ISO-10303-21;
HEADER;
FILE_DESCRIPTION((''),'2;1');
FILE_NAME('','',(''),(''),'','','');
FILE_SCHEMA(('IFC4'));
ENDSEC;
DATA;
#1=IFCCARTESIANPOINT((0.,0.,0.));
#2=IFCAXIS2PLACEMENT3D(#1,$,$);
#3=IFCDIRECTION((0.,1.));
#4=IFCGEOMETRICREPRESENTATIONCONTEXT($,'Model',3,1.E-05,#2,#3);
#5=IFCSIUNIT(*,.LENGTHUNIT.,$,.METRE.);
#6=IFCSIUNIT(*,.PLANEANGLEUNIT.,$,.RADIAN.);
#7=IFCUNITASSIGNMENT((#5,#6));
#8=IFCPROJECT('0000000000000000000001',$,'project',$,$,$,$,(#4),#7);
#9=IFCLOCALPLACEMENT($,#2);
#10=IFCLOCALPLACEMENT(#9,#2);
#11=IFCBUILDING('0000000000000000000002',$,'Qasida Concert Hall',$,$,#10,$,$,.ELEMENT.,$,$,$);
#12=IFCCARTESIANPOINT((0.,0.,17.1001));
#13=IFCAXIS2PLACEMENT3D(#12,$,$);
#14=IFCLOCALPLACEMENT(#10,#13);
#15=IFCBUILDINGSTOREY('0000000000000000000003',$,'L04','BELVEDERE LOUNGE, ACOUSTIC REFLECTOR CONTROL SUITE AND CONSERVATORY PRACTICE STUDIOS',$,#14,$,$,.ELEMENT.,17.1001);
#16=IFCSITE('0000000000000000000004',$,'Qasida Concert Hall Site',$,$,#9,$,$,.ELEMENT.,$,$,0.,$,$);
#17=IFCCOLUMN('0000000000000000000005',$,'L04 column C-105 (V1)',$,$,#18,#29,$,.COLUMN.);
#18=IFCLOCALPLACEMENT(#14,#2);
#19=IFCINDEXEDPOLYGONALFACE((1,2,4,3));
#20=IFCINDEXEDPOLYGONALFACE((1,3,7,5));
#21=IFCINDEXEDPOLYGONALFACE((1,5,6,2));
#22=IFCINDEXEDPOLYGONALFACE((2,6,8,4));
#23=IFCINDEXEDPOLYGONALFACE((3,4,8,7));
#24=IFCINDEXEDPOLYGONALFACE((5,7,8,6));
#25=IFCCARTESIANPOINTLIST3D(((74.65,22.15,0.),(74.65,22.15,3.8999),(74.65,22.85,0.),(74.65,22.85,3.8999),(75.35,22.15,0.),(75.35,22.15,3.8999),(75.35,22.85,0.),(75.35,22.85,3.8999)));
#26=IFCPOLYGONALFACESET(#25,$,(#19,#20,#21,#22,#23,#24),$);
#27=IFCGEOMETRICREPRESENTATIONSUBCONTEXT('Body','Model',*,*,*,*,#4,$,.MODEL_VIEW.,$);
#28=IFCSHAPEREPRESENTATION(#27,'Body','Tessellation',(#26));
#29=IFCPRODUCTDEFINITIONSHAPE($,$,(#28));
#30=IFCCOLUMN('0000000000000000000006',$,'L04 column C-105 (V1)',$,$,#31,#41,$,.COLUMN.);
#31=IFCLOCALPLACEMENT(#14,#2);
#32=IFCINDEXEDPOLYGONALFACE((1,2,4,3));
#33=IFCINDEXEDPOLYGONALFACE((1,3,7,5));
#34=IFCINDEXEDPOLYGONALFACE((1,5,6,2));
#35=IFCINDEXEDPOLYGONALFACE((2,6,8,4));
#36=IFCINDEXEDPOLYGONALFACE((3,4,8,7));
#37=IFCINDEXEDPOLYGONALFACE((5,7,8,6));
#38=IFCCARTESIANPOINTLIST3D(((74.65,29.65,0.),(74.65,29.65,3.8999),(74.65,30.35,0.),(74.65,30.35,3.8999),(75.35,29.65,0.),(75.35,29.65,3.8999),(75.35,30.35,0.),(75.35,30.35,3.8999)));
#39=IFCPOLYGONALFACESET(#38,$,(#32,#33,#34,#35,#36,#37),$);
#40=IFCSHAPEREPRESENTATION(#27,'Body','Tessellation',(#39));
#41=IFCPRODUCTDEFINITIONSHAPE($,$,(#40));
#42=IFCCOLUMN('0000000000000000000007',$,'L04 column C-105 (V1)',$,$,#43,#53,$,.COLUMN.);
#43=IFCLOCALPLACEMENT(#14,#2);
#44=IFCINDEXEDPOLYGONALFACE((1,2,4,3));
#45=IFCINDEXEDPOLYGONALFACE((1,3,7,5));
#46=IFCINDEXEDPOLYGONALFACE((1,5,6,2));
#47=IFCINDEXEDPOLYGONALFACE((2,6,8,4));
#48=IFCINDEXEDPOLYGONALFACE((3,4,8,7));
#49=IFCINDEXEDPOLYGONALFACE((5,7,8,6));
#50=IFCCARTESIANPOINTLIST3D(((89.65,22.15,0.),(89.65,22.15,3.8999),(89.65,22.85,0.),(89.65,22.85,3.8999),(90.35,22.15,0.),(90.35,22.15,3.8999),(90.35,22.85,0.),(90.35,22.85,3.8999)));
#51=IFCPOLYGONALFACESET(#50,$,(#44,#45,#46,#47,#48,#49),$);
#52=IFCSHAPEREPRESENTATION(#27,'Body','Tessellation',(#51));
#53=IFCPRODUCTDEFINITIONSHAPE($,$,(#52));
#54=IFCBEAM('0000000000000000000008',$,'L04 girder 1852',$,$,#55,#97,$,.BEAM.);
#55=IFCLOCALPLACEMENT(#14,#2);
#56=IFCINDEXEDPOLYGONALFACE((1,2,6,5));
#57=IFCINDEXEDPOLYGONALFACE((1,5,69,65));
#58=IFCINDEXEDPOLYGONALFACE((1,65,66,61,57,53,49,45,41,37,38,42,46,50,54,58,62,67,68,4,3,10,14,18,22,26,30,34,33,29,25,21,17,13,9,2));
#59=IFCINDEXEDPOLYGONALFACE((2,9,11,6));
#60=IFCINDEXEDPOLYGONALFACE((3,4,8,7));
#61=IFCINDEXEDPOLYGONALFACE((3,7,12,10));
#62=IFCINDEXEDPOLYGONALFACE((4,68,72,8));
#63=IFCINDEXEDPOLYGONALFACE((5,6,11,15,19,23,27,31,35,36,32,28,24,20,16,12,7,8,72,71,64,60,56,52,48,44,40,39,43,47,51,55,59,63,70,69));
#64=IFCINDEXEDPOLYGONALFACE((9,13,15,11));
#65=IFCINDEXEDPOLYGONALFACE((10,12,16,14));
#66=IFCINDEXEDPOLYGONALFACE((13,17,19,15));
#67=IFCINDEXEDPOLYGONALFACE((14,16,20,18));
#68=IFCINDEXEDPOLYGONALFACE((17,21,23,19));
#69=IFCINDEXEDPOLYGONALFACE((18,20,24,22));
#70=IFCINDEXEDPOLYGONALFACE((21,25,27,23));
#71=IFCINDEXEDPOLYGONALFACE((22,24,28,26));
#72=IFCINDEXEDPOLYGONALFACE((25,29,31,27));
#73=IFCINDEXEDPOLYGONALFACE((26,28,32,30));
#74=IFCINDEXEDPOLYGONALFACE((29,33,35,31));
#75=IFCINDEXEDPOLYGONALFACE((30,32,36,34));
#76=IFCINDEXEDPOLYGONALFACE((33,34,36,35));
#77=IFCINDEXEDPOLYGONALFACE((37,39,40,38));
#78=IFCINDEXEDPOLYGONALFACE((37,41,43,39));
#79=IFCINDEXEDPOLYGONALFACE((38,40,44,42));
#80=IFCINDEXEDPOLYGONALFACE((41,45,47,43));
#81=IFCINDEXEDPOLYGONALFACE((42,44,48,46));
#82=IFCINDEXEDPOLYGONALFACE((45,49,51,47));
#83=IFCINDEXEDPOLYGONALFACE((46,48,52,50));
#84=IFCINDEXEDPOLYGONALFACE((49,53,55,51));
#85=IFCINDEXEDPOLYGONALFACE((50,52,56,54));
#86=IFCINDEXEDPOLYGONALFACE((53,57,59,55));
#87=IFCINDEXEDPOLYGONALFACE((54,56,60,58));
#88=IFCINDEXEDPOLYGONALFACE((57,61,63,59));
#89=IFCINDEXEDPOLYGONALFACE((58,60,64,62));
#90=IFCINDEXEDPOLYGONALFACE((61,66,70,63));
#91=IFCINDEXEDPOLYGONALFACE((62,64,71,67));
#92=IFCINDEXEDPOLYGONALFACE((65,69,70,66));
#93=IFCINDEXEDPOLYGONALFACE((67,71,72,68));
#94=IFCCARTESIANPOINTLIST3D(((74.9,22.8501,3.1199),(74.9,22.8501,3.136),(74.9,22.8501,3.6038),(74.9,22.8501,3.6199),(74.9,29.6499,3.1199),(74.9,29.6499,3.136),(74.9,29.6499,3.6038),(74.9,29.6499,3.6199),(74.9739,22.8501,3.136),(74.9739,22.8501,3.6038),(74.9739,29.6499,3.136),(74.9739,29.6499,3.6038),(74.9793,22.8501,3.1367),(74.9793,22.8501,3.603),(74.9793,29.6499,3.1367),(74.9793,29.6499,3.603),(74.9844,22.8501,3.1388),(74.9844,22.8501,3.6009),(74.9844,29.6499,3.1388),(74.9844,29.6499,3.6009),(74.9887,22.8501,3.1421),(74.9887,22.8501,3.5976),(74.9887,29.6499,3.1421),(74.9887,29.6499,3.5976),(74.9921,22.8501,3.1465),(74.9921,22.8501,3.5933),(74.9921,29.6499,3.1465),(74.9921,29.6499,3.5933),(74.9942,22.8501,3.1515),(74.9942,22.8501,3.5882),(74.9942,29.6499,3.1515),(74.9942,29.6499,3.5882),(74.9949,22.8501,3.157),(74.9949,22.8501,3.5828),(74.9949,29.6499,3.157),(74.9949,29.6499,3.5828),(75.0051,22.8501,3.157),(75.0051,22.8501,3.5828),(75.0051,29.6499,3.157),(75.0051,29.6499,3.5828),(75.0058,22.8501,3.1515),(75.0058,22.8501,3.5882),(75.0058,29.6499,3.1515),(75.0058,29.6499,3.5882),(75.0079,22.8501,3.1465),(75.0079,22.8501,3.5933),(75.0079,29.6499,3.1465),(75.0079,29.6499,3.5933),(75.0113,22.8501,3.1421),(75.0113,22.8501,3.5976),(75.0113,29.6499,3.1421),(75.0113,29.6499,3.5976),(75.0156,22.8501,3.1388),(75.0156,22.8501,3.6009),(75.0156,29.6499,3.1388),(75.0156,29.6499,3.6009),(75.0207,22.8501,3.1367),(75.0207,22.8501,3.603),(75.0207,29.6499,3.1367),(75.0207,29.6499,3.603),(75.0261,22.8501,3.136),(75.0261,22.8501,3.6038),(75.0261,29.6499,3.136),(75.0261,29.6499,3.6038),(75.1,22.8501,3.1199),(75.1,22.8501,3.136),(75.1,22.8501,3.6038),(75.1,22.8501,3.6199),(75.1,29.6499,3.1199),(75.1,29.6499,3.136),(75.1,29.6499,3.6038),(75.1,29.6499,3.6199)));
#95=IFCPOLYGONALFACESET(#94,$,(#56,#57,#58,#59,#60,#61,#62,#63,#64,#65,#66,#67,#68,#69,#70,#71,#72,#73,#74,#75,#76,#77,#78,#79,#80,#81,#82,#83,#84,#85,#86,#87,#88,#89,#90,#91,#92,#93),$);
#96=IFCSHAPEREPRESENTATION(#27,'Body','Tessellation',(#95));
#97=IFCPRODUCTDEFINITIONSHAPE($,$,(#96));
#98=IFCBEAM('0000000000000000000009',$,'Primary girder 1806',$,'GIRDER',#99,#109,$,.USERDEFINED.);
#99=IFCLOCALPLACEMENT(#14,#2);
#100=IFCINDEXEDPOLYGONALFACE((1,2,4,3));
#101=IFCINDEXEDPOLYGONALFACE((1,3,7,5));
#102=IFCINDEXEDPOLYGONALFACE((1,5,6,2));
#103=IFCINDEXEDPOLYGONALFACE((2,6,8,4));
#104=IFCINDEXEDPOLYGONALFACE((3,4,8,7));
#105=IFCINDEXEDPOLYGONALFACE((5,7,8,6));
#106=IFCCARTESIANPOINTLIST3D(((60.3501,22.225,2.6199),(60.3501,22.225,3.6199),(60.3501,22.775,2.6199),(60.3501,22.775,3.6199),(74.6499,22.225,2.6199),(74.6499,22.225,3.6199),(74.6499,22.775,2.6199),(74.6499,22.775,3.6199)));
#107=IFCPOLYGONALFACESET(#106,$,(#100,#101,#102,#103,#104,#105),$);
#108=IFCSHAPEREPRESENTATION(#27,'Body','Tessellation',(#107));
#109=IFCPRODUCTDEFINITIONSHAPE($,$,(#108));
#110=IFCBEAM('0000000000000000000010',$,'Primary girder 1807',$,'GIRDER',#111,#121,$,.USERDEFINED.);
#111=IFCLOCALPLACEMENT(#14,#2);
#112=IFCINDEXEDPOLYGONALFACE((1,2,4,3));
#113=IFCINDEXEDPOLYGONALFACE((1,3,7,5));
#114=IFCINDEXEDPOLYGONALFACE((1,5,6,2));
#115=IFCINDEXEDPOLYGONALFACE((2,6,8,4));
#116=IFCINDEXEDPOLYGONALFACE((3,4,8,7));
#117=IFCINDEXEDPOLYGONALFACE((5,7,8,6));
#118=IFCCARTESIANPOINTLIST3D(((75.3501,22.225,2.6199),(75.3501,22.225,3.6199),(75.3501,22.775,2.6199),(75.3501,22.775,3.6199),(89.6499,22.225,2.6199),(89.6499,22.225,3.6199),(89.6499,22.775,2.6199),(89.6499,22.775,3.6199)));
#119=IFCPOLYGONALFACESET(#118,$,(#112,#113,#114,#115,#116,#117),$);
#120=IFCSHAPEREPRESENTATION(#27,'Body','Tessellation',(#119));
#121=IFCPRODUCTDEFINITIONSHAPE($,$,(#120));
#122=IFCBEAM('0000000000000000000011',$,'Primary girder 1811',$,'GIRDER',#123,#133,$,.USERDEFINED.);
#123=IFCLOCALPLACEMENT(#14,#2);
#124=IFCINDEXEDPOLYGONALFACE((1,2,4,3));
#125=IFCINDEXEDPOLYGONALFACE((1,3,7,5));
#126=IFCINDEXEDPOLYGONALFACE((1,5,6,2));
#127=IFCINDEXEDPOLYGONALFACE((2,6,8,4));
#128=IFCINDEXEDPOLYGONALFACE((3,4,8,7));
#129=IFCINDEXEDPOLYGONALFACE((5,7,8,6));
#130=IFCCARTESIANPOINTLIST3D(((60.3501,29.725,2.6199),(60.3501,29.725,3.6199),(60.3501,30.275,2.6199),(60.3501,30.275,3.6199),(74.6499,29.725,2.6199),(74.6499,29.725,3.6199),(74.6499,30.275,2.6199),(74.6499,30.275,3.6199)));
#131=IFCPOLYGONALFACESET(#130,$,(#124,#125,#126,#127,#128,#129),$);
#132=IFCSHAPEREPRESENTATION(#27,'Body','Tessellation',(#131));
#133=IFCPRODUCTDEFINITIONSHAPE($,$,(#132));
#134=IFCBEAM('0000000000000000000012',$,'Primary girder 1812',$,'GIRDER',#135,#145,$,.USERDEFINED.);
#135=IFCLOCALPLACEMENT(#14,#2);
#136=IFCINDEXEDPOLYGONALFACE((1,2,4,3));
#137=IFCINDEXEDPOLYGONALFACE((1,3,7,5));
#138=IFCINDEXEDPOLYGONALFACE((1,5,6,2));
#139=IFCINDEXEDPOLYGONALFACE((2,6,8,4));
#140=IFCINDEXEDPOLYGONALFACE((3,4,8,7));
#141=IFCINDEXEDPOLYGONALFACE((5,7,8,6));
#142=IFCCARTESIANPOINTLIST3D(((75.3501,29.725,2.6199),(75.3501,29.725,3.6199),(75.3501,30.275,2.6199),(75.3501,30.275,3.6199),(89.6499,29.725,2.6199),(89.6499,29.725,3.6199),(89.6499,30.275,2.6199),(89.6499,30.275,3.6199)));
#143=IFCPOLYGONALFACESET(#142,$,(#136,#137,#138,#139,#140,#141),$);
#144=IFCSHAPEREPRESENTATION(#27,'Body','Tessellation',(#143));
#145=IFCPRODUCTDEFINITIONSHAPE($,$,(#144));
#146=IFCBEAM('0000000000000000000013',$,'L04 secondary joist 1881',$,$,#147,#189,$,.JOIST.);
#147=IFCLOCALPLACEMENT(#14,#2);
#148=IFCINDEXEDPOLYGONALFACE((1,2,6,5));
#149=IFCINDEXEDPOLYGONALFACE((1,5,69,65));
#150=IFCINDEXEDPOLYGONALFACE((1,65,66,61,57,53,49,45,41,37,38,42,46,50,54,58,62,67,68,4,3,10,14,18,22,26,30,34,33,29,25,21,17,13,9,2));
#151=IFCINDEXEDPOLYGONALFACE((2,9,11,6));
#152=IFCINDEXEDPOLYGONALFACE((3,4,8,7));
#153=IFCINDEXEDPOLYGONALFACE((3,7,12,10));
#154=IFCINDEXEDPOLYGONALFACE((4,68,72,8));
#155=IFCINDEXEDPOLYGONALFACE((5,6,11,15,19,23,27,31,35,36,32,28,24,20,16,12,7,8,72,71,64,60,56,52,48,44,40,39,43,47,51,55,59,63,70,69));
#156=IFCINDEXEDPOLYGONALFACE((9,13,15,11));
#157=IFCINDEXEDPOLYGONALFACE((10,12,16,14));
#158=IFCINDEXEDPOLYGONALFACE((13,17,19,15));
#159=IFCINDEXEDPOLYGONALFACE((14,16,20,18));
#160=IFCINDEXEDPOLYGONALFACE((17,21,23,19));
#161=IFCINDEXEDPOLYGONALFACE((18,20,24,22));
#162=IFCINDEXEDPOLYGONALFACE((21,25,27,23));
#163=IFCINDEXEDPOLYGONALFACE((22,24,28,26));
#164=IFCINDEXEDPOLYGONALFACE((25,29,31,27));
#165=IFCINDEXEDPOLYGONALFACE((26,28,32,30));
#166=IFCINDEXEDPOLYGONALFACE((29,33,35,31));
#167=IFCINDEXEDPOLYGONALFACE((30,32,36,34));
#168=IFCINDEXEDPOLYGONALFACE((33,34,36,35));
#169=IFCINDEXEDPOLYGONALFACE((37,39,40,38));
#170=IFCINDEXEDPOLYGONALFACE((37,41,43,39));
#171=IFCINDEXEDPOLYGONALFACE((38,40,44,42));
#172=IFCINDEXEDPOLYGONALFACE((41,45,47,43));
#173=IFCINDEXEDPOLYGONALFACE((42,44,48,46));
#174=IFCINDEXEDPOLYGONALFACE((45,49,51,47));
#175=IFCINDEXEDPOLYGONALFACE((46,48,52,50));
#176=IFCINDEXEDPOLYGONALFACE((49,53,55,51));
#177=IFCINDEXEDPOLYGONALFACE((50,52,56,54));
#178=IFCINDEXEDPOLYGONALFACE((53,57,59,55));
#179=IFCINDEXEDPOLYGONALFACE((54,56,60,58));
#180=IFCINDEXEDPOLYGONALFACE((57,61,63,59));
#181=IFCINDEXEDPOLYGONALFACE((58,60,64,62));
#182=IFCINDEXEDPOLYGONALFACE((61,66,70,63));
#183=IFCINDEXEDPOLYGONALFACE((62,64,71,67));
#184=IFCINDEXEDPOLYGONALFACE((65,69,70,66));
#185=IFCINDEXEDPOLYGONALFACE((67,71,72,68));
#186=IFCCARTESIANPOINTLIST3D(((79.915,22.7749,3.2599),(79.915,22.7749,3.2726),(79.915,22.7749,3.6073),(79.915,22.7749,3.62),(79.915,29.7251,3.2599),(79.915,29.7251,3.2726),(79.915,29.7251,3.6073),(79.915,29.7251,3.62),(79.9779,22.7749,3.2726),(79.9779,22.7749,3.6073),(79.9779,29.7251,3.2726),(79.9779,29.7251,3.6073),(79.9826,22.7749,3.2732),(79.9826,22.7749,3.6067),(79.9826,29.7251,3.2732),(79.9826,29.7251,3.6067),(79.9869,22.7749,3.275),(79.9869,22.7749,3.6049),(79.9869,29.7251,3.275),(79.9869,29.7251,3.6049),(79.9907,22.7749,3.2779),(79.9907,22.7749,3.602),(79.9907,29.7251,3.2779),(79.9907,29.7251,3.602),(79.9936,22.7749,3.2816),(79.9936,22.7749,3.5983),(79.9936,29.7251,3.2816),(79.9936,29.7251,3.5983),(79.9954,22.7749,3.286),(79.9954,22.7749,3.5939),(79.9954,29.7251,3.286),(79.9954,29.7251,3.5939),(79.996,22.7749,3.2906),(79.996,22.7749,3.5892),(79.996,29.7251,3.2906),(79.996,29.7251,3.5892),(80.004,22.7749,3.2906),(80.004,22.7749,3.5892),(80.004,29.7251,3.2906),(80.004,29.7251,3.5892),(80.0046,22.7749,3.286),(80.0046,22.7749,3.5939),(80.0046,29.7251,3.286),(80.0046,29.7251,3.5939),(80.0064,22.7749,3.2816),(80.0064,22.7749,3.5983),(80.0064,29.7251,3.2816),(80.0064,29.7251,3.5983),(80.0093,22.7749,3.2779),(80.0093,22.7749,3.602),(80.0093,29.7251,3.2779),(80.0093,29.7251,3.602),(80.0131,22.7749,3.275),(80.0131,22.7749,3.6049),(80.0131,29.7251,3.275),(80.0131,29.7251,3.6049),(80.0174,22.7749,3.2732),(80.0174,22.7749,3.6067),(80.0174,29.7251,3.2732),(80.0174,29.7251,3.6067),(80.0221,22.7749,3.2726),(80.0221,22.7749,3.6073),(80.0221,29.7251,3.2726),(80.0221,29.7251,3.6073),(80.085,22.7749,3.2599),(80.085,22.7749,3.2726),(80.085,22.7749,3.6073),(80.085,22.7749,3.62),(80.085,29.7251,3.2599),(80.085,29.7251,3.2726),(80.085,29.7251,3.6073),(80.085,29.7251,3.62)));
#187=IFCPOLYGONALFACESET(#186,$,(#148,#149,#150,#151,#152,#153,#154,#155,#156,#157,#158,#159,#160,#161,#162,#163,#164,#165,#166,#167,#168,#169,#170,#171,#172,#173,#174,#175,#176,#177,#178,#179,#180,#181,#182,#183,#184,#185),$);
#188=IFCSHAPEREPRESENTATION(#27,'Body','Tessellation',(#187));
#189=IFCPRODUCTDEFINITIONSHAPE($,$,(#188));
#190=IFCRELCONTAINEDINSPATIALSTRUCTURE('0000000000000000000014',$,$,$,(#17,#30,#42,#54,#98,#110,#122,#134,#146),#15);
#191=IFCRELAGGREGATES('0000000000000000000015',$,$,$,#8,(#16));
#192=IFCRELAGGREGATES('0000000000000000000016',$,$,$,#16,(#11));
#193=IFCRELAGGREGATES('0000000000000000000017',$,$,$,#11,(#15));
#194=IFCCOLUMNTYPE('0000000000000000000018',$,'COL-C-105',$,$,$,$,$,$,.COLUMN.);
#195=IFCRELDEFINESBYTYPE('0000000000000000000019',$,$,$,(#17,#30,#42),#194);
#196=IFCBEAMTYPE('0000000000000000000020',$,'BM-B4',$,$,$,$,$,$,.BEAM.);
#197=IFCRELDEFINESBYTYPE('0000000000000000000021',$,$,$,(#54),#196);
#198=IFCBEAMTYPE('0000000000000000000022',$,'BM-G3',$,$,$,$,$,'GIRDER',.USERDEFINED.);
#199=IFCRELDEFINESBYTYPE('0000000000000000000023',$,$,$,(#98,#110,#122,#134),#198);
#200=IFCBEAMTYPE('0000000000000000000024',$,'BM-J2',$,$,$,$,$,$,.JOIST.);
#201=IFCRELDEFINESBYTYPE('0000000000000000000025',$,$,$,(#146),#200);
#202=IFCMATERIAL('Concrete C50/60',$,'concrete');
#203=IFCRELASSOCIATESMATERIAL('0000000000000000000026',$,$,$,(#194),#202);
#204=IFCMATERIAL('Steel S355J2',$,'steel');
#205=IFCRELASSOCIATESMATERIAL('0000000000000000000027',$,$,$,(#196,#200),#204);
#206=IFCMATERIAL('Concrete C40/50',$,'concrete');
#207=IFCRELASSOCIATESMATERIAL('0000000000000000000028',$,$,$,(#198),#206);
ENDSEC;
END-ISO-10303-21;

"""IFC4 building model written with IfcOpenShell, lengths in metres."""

from ifc_helpers import new_model, si_unit, direction, frame, origin, origin_2d, place, context, subcontext, project, spatial, rectangle, i_section, extrude, material, material_profile, profile_set, type_object, element, save


model = new_model("IFC4")

# Units and contexts
model_context = context("Model", 3, precision=1e-05, world=origin(), true_north=direction((0.0, 1.0)))
body_context = subcontext(model_context, "Body", "Model", "MODEL_VIEW")
ifc_project = project(units=[si_unit("LENGTHUNIT", "METRE"), si_unit("PLANEANGLEUNIT", "RADIAN")], contexts=[model_context])

# Site, building, storey
site_placement = place(None, origin())
site = spatial("IfcSite", under=ifc_project, at=site_placement, Name="Qasida Concert Hall Site", CompositionType="ELEMENT", RefElevation=0.0)
building_placement = place(site_placement, origin())
building = spatial("IfcBuilding", under=site, at=building_placement, Name="Qasida Concert Hall", CompositionType="ELEMENT")
storey_placement = place(building_placement, frame((0.0, 0.0, 17.1001)))
storey = spatial("IfcBuildingStorey", under=building, at=storey_placement, Name="L04", Description="BELVEDERE LOUNGE, ACOUSTIC REFLECTOR CONTROL SUITE AND CONSERVATORY PRACTICE STUDIOS", CompositionType="ELEMENT", Elevation=17.1001)

# Columns
ifc_material_1 = material(Name="Concrete C50/60", Category="concrete")
ifc_material_profile_1 = material_profile(ifc_material_1, rectangle(XDim=0.7, YDim=0.7, at=origin_2d()), Name="RC 700x700")
ifc_profile_set_1 = profile_set([ifc_material_profile_1], Name="Concrete C50/60")
column_type = type_object("IfcColumnType", Name="COL-C-105", PredefinedType="COLUMN", material=ifc_profile_set_1)
for number, where, z_axis, x_axis, name in (
    (1, (75.0, 22.5, 0.0), (0.0, 0.0, 1.0), (1.0, 0.0, 0.0), "L04 column C-105 (V1)"),
    (2, (75.0, 30.0, 0.0), (0.0, 0.0, 1.0), (1.0, 0.0, 0.0), "L04 column C-105 (V1)"),
    (3, (90.0, 22.5, 0.0), (0.0, 0.0, 1.0), (1.0, 0.0, 0.0), "L04 column C-105 (V1)"),
):
    element("IfcColumn", number, at=place(storey_placement, frame(where, z_axis=z_axis, x_axis=x_axis)), inside=storey, type_object=column_type, Name=name, PredefinedType="COLUMN", context=body_context, shape_type="SweptSolid", body=[
        extrude(rectangle(XDim=0.7, YDim=0.7, at=origin_2d()), origin(), (0.0, 0.0, 1.0), 3.8999),
    ])

# Beams
ifc_material_2 = material(Name="Steel S355J2", Category="steel")
ifc_material_profile_2 = material_profile(ifc_material_2, i_section(OverallWidth=0.2, OverallDepth=0.5, WebThickness=0.0103, FlangeThickness=0.0161, FilletRadius=0.021, at=origin_2d()), Name="IPE 500")
ifc_profile_set_2 = profile_set([ifc_material_profile_2], Name="Steel S355J2")
beam_type_1 = type_object("IfcBeamType", Name="BM-B4", PredefinedType="BEAM", material=ifc_profile_set_2)
beam_1_placement = place(storey_placement, frame((75.0, 22.8501, 3.3699), z_axis=(0.0, 1.0, 0.0), x_axis=(-1.0, 0.0, 0.0)))
element("IfcBeam", 4, at=beam_1_placement, inside=storey, type_object=beam_type_1, Name="L04 girder 1852", PredefinedType="BEAM", context=body_context, shape_type="SweptSolid", body=[
    extrude(i_section(OverallWidth=0.2, OverallDepth=0.5, WebThickness=0.0103, FlangeThickness=0.0161, FilletRadius=0.021, at=origin_2d()), origin(), (0.0, 0.0, 1.0), 6.7998),
])
ifc_material_3 = material(Name="Concrete C40/50", Category="concrete")
ifc_material_profile_3 = material_profile(ifc_material_3, rectangle(XDim=0.55, YDim=1.0, at=origin_2d()), Name="RC 550x1000")
ifc_profile_set_3 = profile_set([ifc_material_profile_3], Name="Concrete C40/50")
beam_type_2 = type_object("IfcBeamType", Name="BM-G3", ElementType="GIRDER", PredefinedType="USERDEFINED", material=ifc_profile_set_3)
for number, where, z_axis, x_axis, name in (
    (5, (60.3501, 22.5, 3.1199), (1.0, 0.0, 0.0), (0.0, 1.0, 0.0), "Primary girder 1806"),
    (6, (75.3501, 22.5, 3.1199), (1.0, 0.0, 0.0), (0.0, 1.0, 0.0), "Primary girder 1807"),
    (7, (60.3501, 30.0, 3.1199), (1.0, 0.0, 0.0), (0.0, 1.0, 0.0), "Primary girder 1811"),
    (8, (75.3501, 30.0, 3.1199), (1.0, 0.0, 0.0), (0.0, 1.0, 0.0), "Primary girder 1812"),
):
    element("IfcBeam", number, at=place(storey_placement, frame(where, z_axis=z_axis, x_axis=x_axis)), inside=storey, type_object=beam_type_2, Name=name, ObjectType="GIRDER", PredefinedType="USERDEFINED", context=body_context, shape_type="SweptSolid", body=[
        extrude(rectangle(XDim=0.55, YDim=1.0, at=origin_2d()), origin(), (0.0, 0.0, 1.0), 14.2998),
    ])
ifc_material_profile_4 = material_profile(ifc_material_2, i_section(OverallWidth=0.1699, OverallDepth=0.3601, WebThickness=0.0081, FlangeThickness=0.0127, FilletRadius=0.0181, at=origin_2d()), Name="IPE 360")
ifc_profile_set_4 = profile_set([ifc_material_profile_4], Name="Steel S355J2")
beam_type_3 = type_object("IfcBeamType", Name="BM-J2", PredefinedType="JOIST", material=ifc_profile_set_4)
beam_2_placement = place(storey_placement, frame((80.0, 22.7749, 3.4399), z_axis=(0.0, 1.0, 0.0), x_axis=(-1.0, 0.0, 0.0)))
element("IfcBeam", 9, at=beam_2_placement, inside=storey, type_object=beam_type_3, Name="L04 secondary joist 1881", PredefinedType="JOIST", context=body_context, shape_type="SweptSolid", body=[
    extrude(i_section(OverallWidth=0.1699, OverallDepth=0.3601, WebThickness=0.0081, FlangeThickness=0.0127, FilletRadius=0.0181, at=origin_2d()), origin(), (0.0, 0.0, 1.0), 6.9502),
])

save(model, "model.ifc")
